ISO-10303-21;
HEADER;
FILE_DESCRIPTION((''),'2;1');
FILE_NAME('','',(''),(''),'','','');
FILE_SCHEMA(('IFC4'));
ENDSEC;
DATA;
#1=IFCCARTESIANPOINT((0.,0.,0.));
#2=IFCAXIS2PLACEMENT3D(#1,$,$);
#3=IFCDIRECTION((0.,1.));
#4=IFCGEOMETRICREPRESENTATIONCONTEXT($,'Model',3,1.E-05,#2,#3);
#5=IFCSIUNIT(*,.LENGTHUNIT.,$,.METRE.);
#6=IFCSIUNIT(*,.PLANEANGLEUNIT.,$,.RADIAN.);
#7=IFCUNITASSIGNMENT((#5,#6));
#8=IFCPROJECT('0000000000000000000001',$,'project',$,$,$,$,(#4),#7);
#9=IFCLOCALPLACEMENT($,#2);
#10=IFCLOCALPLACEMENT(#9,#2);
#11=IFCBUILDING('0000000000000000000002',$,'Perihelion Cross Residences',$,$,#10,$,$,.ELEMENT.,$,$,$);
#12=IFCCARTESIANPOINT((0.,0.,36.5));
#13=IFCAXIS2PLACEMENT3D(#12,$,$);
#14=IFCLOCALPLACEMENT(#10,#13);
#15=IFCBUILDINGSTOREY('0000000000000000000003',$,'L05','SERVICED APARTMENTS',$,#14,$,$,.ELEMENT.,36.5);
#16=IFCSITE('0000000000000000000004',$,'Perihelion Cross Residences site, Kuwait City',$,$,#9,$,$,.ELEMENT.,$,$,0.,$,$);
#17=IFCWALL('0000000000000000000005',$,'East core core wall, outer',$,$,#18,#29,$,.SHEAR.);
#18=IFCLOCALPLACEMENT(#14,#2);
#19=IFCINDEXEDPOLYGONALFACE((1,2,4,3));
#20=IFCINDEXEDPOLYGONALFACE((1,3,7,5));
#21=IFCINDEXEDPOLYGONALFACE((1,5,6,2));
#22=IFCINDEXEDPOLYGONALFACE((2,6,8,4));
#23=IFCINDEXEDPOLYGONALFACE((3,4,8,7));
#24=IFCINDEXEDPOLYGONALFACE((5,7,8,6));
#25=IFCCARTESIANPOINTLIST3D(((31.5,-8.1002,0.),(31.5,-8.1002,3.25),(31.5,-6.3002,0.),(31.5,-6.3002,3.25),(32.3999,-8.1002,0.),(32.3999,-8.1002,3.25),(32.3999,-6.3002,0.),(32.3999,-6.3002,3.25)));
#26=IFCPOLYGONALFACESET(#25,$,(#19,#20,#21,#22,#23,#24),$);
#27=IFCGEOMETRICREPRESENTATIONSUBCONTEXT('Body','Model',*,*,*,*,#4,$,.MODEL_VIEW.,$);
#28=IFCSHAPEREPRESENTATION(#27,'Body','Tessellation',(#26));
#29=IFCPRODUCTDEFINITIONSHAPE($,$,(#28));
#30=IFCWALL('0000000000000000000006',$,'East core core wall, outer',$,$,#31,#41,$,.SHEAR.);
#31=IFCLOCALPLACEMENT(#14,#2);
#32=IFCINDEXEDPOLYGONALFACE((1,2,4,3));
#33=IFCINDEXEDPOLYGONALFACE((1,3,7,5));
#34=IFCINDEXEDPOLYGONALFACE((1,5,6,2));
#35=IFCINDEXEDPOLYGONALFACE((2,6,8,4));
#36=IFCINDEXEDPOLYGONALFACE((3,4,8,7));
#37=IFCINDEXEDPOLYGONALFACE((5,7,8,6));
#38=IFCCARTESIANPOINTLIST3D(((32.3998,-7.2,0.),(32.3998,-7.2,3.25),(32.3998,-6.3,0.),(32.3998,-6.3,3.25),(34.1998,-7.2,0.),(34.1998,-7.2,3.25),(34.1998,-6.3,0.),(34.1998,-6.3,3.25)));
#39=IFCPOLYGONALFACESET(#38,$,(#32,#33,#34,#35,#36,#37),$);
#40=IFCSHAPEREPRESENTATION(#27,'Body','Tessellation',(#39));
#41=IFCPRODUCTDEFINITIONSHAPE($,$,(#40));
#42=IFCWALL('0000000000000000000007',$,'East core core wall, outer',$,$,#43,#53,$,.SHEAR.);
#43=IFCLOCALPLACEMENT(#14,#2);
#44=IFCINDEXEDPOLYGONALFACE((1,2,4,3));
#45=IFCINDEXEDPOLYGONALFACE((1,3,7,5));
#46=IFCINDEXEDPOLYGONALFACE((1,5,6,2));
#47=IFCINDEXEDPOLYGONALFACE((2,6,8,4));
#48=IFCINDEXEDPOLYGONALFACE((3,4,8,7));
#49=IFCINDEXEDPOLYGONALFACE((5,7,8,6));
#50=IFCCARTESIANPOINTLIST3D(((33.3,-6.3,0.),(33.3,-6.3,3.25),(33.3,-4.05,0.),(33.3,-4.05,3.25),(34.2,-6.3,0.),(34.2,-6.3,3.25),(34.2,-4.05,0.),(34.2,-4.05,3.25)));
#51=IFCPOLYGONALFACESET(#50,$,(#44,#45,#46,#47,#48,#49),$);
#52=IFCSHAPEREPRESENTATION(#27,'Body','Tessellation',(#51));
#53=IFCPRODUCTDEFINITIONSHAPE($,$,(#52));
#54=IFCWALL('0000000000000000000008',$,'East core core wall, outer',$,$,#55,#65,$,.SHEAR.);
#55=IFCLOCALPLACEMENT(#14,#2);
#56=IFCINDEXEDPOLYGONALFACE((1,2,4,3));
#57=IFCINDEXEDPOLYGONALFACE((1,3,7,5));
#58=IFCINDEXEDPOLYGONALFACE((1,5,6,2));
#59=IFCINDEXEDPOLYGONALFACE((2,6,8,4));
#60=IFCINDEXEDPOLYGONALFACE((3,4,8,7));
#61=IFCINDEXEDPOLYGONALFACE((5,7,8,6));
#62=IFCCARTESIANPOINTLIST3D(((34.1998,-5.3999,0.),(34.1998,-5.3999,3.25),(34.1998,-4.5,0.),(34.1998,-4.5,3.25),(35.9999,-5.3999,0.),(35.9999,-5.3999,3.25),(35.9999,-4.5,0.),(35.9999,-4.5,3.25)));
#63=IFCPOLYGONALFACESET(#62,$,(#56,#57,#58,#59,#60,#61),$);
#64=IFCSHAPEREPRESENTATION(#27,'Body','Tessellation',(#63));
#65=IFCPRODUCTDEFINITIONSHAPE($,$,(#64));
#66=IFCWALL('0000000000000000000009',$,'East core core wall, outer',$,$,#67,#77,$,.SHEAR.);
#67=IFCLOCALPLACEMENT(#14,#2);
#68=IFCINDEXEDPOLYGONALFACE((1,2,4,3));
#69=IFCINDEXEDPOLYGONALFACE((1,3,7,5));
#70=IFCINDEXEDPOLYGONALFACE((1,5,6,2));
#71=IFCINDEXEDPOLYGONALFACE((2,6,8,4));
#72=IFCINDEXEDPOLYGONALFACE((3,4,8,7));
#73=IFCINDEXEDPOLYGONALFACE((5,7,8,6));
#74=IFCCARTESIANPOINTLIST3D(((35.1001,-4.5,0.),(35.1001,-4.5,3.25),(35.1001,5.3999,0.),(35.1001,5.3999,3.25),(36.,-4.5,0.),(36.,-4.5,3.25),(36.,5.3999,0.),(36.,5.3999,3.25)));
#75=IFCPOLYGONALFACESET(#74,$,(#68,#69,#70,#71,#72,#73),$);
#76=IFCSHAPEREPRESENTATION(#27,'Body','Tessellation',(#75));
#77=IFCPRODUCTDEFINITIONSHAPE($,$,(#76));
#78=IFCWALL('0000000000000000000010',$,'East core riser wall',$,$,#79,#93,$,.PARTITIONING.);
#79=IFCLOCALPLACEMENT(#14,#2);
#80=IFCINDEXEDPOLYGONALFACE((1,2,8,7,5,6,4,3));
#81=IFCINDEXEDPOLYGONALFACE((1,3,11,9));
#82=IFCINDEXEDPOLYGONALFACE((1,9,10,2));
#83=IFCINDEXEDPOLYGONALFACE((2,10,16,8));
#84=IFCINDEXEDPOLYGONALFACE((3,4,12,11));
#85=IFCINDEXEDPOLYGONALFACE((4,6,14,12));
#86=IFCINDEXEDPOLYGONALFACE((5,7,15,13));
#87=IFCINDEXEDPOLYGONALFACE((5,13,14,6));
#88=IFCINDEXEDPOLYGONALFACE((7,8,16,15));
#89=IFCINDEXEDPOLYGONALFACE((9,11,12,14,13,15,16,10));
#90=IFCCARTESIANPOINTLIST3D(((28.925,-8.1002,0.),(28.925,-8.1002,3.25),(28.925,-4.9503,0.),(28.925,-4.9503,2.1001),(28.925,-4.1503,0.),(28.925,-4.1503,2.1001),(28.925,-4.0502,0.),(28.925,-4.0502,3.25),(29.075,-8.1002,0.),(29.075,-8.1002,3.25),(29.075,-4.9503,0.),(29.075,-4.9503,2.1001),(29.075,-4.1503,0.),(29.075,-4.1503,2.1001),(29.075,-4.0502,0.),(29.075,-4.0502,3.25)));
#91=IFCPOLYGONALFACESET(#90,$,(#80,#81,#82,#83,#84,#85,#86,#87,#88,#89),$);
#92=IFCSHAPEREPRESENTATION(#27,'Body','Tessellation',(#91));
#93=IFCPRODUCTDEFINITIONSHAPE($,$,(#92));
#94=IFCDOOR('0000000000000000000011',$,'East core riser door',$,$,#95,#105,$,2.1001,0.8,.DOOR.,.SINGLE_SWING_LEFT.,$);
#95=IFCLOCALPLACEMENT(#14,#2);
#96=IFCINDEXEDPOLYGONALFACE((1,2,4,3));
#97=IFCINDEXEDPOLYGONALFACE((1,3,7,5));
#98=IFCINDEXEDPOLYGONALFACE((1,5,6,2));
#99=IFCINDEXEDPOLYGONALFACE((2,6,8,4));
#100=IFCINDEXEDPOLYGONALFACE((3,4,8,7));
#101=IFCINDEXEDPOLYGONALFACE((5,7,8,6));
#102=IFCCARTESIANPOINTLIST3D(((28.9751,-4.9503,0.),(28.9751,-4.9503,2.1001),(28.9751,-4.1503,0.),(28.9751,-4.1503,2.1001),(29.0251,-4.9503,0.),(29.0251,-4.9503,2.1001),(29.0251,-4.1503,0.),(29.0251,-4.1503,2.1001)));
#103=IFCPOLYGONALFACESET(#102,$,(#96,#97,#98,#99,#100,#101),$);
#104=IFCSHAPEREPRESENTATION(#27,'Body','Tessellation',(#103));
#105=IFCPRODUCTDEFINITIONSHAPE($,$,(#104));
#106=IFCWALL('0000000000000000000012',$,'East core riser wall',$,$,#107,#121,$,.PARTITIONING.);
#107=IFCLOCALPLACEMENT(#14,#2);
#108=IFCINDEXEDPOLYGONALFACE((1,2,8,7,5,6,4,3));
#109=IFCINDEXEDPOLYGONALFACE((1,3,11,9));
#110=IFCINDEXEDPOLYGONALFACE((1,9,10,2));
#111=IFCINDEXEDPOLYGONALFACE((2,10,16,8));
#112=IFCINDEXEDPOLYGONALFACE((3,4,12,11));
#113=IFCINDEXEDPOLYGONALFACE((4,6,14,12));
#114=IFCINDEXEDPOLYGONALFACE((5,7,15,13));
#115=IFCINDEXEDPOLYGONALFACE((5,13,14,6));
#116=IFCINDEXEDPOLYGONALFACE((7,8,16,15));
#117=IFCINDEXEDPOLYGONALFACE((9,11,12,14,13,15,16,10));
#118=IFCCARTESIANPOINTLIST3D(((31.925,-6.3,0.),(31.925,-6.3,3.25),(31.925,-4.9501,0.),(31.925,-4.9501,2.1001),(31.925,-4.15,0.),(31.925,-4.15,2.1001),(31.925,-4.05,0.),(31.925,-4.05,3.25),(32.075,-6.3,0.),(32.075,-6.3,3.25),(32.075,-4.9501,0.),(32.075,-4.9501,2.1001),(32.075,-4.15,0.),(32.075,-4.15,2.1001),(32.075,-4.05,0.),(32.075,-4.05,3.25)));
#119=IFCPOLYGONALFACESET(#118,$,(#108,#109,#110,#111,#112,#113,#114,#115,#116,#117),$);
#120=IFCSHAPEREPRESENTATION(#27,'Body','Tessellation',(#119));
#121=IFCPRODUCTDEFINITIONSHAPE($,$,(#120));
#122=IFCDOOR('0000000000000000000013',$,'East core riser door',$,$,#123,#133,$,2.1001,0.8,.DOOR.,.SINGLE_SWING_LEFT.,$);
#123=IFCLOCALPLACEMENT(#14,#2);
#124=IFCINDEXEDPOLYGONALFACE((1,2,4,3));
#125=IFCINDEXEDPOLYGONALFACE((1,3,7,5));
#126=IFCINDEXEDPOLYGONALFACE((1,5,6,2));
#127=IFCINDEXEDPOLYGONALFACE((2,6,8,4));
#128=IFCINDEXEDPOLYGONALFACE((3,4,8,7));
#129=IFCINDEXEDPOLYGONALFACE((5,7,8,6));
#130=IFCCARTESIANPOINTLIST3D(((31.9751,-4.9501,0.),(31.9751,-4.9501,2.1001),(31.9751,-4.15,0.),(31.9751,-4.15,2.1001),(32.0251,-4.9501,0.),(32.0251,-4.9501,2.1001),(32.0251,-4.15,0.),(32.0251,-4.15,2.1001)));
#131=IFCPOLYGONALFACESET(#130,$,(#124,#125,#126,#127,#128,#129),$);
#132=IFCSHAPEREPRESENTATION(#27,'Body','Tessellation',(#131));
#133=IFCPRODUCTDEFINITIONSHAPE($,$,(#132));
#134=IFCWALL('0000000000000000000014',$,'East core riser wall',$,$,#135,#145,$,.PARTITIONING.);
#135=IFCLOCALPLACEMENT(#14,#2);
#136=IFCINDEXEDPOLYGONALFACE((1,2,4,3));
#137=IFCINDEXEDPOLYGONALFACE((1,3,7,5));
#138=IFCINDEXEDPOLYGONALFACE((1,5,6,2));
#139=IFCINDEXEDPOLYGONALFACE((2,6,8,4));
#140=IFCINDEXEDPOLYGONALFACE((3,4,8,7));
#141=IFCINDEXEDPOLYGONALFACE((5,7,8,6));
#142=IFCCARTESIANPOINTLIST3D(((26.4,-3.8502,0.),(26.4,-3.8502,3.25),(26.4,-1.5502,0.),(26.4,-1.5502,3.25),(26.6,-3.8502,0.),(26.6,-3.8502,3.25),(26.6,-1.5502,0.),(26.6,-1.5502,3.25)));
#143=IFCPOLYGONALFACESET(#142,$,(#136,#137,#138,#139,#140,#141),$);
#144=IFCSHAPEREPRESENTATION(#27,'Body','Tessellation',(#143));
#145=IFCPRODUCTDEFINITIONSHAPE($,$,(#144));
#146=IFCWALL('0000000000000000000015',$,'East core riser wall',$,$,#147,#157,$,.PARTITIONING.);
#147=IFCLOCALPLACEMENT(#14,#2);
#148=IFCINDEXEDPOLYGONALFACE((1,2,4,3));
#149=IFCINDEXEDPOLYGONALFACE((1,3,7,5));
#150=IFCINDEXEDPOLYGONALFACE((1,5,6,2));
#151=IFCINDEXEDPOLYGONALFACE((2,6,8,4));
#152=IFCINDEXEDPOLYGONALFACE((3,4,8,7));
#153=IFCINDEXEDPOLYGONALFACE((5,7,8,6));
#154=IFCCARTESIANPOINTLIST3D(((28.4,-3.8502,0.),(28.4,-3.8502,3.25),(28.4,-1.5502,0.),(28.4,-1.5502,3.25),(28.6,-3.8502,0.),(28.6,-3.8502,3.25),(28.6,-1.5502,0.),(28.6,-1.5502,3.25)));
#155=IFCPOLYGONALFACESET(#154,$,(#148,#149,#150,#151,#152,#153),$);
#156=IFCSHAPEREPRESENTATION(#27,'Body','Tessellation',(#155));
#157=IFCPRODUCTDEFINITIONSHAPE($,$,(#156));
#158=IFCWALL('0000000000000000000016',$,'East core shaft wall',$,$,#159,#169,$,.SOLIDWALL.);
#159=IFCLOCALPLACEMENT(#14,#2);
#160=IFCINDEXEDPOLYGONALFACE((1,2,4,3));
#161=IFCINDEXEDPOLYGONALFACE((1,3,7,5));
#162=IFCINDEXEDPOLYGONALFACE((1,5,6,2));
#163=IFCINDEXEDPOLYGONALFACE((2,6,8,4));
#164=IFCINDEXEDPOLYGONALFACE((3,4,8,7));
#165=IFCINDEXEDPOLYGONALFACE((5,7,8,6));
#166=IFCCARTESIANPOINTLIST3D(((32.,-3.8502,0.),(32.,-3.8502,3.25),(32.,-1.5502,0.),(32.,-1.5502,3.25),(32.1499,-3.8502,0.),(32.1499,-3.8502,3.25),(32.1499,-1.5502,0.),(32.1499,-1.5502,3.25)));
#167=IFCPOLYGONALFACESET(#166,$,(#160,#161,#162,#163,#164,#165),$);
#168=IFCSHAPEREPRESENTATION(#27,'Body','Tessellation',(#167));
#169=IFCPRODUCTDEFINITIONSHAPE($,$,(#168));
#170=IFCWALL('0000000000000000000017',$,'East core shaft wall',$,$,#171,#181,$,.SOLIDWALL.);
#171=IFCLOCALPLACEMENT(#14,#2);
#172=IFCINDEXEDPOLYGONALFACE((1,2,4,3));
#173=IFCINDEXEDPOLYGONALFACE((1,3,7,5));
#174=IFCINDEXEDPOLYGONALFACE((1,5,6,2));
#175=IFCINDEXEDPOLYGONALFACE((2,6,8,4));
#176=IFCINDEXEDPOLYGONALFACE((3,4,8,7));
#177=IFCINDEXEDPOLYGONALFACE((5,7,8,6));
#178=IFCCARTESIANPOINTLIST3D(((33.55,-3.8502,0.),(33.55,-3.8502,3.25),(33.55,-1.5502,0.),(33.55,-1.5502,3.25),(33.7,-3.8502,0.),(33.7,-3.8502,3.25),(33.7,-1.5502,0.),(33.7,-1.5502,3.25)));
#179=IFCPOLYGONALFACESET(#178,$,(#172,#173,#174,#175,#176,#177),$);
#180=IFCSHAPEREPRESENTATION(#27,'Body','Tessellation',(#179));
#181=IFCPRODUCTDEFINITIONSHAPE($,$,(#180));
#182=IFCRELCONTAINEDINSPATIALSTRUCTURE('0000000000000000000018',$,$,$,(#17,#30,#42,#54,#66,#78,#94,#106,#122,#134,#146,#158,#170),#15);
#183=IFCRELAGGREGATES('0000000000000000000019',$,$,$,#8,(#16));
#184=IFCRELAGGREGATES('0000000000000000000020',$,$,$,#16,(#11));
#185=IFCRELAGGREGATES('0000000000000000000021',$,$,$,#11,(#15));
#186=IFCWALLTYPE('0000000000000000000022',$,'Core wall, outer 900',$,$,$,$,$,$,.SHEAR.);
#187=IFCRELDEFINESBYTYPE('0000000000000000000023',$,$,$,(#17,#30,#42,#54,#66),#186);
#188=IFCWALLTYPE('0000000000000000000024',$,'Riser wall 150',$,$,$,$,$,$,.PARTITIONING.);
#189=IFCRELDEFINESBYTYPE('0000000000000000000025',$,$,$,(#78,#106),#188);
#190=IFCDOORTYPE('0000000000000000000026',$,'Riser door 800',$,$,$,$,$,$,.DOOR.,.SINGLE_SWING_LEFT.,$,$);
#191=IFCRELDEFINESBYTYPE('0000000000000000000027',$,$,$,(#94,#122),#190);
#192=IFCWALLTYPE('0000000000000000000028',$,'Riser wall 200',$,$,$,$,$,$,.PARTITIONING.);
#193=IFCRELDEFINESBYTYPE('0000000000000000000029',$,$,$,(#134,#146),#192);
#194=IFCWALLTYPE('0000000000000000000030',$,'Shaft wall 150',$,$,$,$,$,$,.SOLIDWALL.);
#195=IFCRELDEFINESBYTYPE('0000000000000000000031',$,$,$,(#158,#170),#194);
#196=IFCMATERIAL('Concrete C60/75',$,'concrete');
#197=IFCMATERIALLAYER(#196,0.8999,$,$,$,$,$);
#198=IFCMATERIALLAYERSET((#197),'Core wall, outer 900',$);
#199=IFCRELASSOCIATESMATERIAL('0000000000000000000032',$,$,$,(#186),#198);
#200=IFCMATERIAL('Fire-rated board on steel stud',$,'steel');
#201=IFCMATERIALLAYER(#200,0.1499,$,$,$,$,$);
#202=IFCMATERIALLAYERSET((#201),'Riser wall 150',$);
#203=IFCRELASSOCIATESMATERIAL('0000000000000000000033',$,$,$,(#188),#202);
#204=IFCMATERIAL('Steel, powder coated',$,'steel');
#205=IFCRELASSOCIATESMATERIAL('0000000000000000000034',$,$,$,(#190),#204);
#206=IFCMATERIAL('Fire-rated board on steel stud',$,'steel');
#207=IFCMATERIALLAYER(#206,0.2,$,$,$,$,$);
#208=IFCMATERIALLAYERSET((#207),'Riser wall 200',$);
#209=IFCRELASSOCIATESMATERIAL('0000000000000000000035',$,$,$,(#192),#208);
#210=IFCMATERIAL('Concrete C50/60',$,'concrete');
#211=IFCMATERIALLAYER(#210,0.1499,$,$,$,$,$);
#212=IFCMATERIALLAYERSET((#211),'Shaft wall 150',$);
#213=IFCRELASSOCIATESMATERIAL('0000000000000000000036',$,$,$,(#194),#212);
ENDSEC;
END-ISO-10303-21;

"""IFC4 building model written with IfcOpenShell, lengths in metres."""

from ifc_helpers import new_model, si_unit, direction, frame, frame_2d, origin, place, context, subcontext, project, spatial, rectangle, extrude, material, layer, layer_set, type_object, element, fill, save


model = new_model("IFC4")

# Units and contexts
model_context = context("Model", 3, precision=1e-05, world=origin(), true_north=direction((0.0, 1.0)))
body_context = subcontext(model_context, "Body", "Model", "MODEL_VIEW")
ifc_project = project(units=[si_unit("LENGTHUNIT", "METRE"), si_unit("PLANEANGLEUNIT", "RADIAN")], contexts=[model_context])

# Site, building, storey
site_placement = place(None, origin())
site = spatial("IfcSite", under=ifc_project, at=site_placement, Name="Perihelion Cross Residences site, Kuwait City", CompositionType="ELEMENT", RefElevation=0.0)
building_placement = place(site_placement, origin())
building = spatial("IfcBuilding", under=site, at=building_placement, Name="Perihelion Cross Residences", CompositionType="ELEMENT")
storey_placement = place(building_placement, frame((0.0, 0.0, 36.5)))
storey = spatial("IfcBuildingStorey", under=building, at=storey_placement, Name="L05", Description="SERVICED APARTMENTS", CompositionType="ELEMENT", Elevation=36.5)

# Walls
ifc_material_1 = material(Name="Concrete C60/75", Category="concrete")
ifc_layer_1 = layer(ifc_material_1, 0.8999)
ifc_layer_set_1 = layer_set([ifc_layer_1], Name="Core wall, outer 900")
wall_type_1 = type_object("IfcWallType", Name="Core wall, outer 900", PredefinedType="SHEAR", material=ifc_layer_set_1)
for number, where, z_axis, x_axis, name in (
    (1, (31.95, -8.1001, 0.0), (0.0, 0.0, 1.0), (0.0, 1.0, 0.0), "East core core wall, outer"),
    (2, (32.3999, -6.75, 0.0), (0.0, 0.0, 1.0), (1.0, 0.0, 0.0), "East core core wall, outer"),
):
    element("IfcWall", number, at=place(storey_placement, frame(where, z_axis=z_axis, x_axis=x_axis)), inside=storey, type_object=wall_type_1, Name=name, PredefinedType="SHEAR", context=body_context, shape_type="SweptSolid", body=[
        extrude(rectangle(XDim=1.8, YDim=0.8999, at=frame_2d((0.8999, 0.0))), origin(), (0.0, 0.0, 1.0), 3.25),
    ])
wall_1_placement = place(storey_placement, frame((33.75, -6.3, 0.0), z_axis=(0.0, 0.0, 1.0), x_axis=(0.0, 1.0, 0.0)))
element("IfcWall", 3, at=wall_1_placement, inside=storey, type_object=wall_type_1, Name="East core core wall, outer", PredefinedType="SHEAR", context=body_context, shape_type="SweptSolid", body=[
    extrude(rectangle(XDim=2.25, YDim=0.8999, at=frame_2d((1.125, 0.0))), origin(), (0.0, 0.0, 1.0), 3.25),
])
wall_2_placement = place(storey_placement, frame((34.2, -4.95, 0.0), z_axis=(0.0, 0.0, 1.0), x_axis=(1.0, 0.0, 0.0)))
element("IfcWall", 4, at=wall_2_placement, inside=storey, type_object=wall_type_1, Name="East core core wall, outer", PredefinedType="SHEAR", context=body_context, shape_type="SweptSolid", body=[
    extrude(rectangle(XDim=1.8, YDim=0.8999, at=frame_2d((0.8999, 0.0))), origin(), (0.0, 0.0, 1.0), 3.25),
])
wall_3_placement = place(storey_placement, frame((35.55, -4.5, 0.0), z_axis=(0.0, 0.0, 1.0), x_axis=(0.0, 1.0, 0.0)))
element("IfcWall", 5, at=wall_3_placement, inside=storey, type_object=wall_type_1, Name="East core core wall, outer", PredefinedType="SHEAR", context=body_context, shape_type="SweptSolid", body=[
    extrude(rectangle(XDim=9.8999, YDim=0.8999, at=frame_2d((4.95, 0.0))), origin(), (0.0, 0.0, 1.0), 3.25),
])

# Walls, openings, doors
ifc_material_2 = material(Name="Fire-rated board on steel stud", Category="steel")
ifc_layer_2 = layer(ifc_material_2, 0.1499)
ifc_layer_set_2 = layer_set([ifc_layer_2], Name="Riser wall 150")
wall_type_2 = type_object("IfcWallType", Name="Riser wall 150", PredefinedType="PARTITIONING", material=ifc_layer_set_2)
wall_4_placement = place(storey_placement, frame((29.0, -8.1001, 0.0), z_axis=(0.0, 0.0, 1.0), x_axis=(0.0, 1.0, 0.0)))
wall_4 = element("IfcWall", 6, at=wall_4_placement, inside=storey, type_object=wall_type_2, Name="East core riser wall", PredefinedType="PARTITIONING", context=body_context, shape_type="SweptSolid", body=[
    extrude(rectangle(XDim=4.05, YDim=0.1499, at=frame_2d((2.0249, 0.0))), origin(), (0.0, 0.0, 1.0), 3.25),
])
opening_1_placement = place(wall_4_placement, frame((3.1499, 0.0, 0.0)))
opening_1 = element("IfcOpeningElement", 7, at=opening_1_placement, cuts=wall_4, PredefinedType="OPENING", context=body_context, shape_type="SweptSolid", body=[
    extrude(rectangle(XDim=0.8, YDim=2.1001, at=frame_2d((0.3999, 1.05))), frame((0.0, 0.085, 0.0), z_axis=(0.0, -1.0, 0.0), x_axis=(1.0, 0.0, 0.0)), (0.0, 0.0, 1.0), 0.1699),
])
ifc_material_3 = material(Name="Steel, powder coated", Category="steel")
door_type = type_object("IfcDoorType", Name="Riser door 800", OperationType="SINGLE_SWING_LEFT", PredefinedType="DOOR", material=ifc_material_3)
door_1_placement = place(opening_1_placement, origin())
door_1 = element("IfcDoor", 8, at=door_1_placement, inside=storey, type_object=door_type, Name="East core riser door", OperationType="SINGLE_SWING_LEFT", OverallHeight=2.1001, OverallWidth=0.8, PredefinedType="DOOR", context=body_context, shape_type="SweptSolid", body=[
    extrude(rectangle(XDim=0.8, YDim=2.1001, at=frame_2d((0.3999, 1.05))), frame((0.0, 0.0249, 0.0), z_axis=(0.0, -1.0, 0.0), x_axis=(1.0, 0.0, 0.0)), (0.0, 0.0, 1.0), 0.05),
])
fill(opening_1, door_1)
wall_5_placement = place(storey_placement, frame((32.0, -6.3, 0.0), z_axis=(0.0, 0.0, 1.0), x_axis=(0.0, 1.0, 0.0)))
wall_5 = element("IfcWall", 9, at=wall_5_placement, inside=storey, type_object=wall_type_2, Name="East core riser wall", PredefinedType="PARTITIONING", context=body_context, shape_type="SweptSolid", body=[
    extrude(rectangle(XDim=2.25, YDim=0.1499, at=frame_2d((1.125, 0.0))), origin(), (0.0, 0.0, 1.0), 3.25),
])
opening_2_placement = place(wall_5_placement, frame((1.3501, 0.0, 0.0)))
opening_2 = element("IfcOpeningElement", 10, at=opening_2_placement, cuts=wall_5, PredefinedType="OPENING", context=body_context, shape_type="SweptSolid", body=[
    extrude(rectangle(XDim=0.8, YDim=2.1001, at=frame_2d((0.3999, 1.05))), frame((0.0, 0.085, 0.0), z_axis=(0.0, -1.0, 0.0), x_axis=(1.0, 0.0, 0.0)), (0.0, 0.0, 1.0), 0.1699),
])
door_2_placement = place(opening_2_placement, origin())
door_2 = element("IfcDoor", 11, at=door_2_placement, inside=storey, type_object=door_type, Name="East core riser door", OperationType="SINGLE_SWING_LEFT", OverallHeight=2.1001, OverallWidth=0.8, PredefinedType="DOOR", context=body_context, shape_type="SweptSolid", body=[
    extrude(rectangle(XDim=0.8, YDim=2.1001, at=frame_2d((0.3999, 1.05))), frame((0.0, 0.0249, 0.0), z_axis=(0.0, -1.0, 0.0), x_axis=(1.0, 0.0, 0.0)), (0.0, 0.0, 1.0), 0.05),
])
fill(opening_2, door_2)

# Walls
ifc_material_4 = material(Name="Fire-rated board on steel stud", Category="steel")
ifc_layer_3 = layer(ifc_material_4, 0.2)
ifc_layer_set_3 = layer_set([ifc_layer_3], Name="Riser wall 200")
wall_type_3 = type_object("IfcWallType", Name="Riser wall 200", PredefinedType="PARTITIONING", material=ifc_layer_set_3)
for number, where, z_axis, x_axis, name in (
    (12, (26.5, -3.8501, 0.0), (0.0, 0.0, 1.0), (0.0, 1.0, 0.0), "East core riser wall"),
    (13, (28.5, -3.8501, 0.0), (0.0, 0.0, 1.0), (0.0, 1.0, 0.0), "East core riser wall"),
):
    element("IfcWall", number, at=place(storey_placement, frame(where, z_axis=z_axis, x_axis=x_axis)), inside=storey, type_object=wall_type_3, Name=name, PredefinedType="PARTITIONING", context=body_context, shape_type="SweptSolid", body=[
        extrude(rectangle(XDim=2.3, YDim=0.2, at=frame_2d((1.1499, 0.0))), origin(), (0.0, 0.0, 1.0), 3.25),
    ])
ifc_material_5 = material(Name="Concrete C50/60", Category="concrete")
ifc_layer_4 = layer(ifc_material_5, 0.1499)
ifc_layer_set_4 = layer_set([ifc_layer_4], Name="Shaft wall 150")
wall_type_4 = type_object("IfcWallType", Name="Shaft wall 150", PredefinedType="SOLIDWALL", material=ifc_layer_set_4)
for number, where, z_axis, x_axis, name in (
    (14, (32.075, -3.8501, 0.0), (0.0, 0.0, 1.0), (0.0, 1.0, 0.0), "East core shaft wall"),
    (15, (33.625, -3.8501, 0.0), (0.0, 0.0, 1.0), (0.0, 1.0, 0.0), "East core shaft wall"),
):
    element("IfcWall", number, at=place(storey_placement, frame(where, z_axis=z_axis, x_axis=x_axis)), inside=storey, type_object=wall_type_4, Name=name, PredefinedType="SOLIDWALL", context=body_context, shape_type="SweptSolid", body=[
        extrude(rectangle(XDim=2.3, YDim=0.1499, at=frame_2d((1.1499, 0.0))), origin(), (0.0, 0.0, 1.0), 3.25),
    ])

save(model, "model.ifc")
